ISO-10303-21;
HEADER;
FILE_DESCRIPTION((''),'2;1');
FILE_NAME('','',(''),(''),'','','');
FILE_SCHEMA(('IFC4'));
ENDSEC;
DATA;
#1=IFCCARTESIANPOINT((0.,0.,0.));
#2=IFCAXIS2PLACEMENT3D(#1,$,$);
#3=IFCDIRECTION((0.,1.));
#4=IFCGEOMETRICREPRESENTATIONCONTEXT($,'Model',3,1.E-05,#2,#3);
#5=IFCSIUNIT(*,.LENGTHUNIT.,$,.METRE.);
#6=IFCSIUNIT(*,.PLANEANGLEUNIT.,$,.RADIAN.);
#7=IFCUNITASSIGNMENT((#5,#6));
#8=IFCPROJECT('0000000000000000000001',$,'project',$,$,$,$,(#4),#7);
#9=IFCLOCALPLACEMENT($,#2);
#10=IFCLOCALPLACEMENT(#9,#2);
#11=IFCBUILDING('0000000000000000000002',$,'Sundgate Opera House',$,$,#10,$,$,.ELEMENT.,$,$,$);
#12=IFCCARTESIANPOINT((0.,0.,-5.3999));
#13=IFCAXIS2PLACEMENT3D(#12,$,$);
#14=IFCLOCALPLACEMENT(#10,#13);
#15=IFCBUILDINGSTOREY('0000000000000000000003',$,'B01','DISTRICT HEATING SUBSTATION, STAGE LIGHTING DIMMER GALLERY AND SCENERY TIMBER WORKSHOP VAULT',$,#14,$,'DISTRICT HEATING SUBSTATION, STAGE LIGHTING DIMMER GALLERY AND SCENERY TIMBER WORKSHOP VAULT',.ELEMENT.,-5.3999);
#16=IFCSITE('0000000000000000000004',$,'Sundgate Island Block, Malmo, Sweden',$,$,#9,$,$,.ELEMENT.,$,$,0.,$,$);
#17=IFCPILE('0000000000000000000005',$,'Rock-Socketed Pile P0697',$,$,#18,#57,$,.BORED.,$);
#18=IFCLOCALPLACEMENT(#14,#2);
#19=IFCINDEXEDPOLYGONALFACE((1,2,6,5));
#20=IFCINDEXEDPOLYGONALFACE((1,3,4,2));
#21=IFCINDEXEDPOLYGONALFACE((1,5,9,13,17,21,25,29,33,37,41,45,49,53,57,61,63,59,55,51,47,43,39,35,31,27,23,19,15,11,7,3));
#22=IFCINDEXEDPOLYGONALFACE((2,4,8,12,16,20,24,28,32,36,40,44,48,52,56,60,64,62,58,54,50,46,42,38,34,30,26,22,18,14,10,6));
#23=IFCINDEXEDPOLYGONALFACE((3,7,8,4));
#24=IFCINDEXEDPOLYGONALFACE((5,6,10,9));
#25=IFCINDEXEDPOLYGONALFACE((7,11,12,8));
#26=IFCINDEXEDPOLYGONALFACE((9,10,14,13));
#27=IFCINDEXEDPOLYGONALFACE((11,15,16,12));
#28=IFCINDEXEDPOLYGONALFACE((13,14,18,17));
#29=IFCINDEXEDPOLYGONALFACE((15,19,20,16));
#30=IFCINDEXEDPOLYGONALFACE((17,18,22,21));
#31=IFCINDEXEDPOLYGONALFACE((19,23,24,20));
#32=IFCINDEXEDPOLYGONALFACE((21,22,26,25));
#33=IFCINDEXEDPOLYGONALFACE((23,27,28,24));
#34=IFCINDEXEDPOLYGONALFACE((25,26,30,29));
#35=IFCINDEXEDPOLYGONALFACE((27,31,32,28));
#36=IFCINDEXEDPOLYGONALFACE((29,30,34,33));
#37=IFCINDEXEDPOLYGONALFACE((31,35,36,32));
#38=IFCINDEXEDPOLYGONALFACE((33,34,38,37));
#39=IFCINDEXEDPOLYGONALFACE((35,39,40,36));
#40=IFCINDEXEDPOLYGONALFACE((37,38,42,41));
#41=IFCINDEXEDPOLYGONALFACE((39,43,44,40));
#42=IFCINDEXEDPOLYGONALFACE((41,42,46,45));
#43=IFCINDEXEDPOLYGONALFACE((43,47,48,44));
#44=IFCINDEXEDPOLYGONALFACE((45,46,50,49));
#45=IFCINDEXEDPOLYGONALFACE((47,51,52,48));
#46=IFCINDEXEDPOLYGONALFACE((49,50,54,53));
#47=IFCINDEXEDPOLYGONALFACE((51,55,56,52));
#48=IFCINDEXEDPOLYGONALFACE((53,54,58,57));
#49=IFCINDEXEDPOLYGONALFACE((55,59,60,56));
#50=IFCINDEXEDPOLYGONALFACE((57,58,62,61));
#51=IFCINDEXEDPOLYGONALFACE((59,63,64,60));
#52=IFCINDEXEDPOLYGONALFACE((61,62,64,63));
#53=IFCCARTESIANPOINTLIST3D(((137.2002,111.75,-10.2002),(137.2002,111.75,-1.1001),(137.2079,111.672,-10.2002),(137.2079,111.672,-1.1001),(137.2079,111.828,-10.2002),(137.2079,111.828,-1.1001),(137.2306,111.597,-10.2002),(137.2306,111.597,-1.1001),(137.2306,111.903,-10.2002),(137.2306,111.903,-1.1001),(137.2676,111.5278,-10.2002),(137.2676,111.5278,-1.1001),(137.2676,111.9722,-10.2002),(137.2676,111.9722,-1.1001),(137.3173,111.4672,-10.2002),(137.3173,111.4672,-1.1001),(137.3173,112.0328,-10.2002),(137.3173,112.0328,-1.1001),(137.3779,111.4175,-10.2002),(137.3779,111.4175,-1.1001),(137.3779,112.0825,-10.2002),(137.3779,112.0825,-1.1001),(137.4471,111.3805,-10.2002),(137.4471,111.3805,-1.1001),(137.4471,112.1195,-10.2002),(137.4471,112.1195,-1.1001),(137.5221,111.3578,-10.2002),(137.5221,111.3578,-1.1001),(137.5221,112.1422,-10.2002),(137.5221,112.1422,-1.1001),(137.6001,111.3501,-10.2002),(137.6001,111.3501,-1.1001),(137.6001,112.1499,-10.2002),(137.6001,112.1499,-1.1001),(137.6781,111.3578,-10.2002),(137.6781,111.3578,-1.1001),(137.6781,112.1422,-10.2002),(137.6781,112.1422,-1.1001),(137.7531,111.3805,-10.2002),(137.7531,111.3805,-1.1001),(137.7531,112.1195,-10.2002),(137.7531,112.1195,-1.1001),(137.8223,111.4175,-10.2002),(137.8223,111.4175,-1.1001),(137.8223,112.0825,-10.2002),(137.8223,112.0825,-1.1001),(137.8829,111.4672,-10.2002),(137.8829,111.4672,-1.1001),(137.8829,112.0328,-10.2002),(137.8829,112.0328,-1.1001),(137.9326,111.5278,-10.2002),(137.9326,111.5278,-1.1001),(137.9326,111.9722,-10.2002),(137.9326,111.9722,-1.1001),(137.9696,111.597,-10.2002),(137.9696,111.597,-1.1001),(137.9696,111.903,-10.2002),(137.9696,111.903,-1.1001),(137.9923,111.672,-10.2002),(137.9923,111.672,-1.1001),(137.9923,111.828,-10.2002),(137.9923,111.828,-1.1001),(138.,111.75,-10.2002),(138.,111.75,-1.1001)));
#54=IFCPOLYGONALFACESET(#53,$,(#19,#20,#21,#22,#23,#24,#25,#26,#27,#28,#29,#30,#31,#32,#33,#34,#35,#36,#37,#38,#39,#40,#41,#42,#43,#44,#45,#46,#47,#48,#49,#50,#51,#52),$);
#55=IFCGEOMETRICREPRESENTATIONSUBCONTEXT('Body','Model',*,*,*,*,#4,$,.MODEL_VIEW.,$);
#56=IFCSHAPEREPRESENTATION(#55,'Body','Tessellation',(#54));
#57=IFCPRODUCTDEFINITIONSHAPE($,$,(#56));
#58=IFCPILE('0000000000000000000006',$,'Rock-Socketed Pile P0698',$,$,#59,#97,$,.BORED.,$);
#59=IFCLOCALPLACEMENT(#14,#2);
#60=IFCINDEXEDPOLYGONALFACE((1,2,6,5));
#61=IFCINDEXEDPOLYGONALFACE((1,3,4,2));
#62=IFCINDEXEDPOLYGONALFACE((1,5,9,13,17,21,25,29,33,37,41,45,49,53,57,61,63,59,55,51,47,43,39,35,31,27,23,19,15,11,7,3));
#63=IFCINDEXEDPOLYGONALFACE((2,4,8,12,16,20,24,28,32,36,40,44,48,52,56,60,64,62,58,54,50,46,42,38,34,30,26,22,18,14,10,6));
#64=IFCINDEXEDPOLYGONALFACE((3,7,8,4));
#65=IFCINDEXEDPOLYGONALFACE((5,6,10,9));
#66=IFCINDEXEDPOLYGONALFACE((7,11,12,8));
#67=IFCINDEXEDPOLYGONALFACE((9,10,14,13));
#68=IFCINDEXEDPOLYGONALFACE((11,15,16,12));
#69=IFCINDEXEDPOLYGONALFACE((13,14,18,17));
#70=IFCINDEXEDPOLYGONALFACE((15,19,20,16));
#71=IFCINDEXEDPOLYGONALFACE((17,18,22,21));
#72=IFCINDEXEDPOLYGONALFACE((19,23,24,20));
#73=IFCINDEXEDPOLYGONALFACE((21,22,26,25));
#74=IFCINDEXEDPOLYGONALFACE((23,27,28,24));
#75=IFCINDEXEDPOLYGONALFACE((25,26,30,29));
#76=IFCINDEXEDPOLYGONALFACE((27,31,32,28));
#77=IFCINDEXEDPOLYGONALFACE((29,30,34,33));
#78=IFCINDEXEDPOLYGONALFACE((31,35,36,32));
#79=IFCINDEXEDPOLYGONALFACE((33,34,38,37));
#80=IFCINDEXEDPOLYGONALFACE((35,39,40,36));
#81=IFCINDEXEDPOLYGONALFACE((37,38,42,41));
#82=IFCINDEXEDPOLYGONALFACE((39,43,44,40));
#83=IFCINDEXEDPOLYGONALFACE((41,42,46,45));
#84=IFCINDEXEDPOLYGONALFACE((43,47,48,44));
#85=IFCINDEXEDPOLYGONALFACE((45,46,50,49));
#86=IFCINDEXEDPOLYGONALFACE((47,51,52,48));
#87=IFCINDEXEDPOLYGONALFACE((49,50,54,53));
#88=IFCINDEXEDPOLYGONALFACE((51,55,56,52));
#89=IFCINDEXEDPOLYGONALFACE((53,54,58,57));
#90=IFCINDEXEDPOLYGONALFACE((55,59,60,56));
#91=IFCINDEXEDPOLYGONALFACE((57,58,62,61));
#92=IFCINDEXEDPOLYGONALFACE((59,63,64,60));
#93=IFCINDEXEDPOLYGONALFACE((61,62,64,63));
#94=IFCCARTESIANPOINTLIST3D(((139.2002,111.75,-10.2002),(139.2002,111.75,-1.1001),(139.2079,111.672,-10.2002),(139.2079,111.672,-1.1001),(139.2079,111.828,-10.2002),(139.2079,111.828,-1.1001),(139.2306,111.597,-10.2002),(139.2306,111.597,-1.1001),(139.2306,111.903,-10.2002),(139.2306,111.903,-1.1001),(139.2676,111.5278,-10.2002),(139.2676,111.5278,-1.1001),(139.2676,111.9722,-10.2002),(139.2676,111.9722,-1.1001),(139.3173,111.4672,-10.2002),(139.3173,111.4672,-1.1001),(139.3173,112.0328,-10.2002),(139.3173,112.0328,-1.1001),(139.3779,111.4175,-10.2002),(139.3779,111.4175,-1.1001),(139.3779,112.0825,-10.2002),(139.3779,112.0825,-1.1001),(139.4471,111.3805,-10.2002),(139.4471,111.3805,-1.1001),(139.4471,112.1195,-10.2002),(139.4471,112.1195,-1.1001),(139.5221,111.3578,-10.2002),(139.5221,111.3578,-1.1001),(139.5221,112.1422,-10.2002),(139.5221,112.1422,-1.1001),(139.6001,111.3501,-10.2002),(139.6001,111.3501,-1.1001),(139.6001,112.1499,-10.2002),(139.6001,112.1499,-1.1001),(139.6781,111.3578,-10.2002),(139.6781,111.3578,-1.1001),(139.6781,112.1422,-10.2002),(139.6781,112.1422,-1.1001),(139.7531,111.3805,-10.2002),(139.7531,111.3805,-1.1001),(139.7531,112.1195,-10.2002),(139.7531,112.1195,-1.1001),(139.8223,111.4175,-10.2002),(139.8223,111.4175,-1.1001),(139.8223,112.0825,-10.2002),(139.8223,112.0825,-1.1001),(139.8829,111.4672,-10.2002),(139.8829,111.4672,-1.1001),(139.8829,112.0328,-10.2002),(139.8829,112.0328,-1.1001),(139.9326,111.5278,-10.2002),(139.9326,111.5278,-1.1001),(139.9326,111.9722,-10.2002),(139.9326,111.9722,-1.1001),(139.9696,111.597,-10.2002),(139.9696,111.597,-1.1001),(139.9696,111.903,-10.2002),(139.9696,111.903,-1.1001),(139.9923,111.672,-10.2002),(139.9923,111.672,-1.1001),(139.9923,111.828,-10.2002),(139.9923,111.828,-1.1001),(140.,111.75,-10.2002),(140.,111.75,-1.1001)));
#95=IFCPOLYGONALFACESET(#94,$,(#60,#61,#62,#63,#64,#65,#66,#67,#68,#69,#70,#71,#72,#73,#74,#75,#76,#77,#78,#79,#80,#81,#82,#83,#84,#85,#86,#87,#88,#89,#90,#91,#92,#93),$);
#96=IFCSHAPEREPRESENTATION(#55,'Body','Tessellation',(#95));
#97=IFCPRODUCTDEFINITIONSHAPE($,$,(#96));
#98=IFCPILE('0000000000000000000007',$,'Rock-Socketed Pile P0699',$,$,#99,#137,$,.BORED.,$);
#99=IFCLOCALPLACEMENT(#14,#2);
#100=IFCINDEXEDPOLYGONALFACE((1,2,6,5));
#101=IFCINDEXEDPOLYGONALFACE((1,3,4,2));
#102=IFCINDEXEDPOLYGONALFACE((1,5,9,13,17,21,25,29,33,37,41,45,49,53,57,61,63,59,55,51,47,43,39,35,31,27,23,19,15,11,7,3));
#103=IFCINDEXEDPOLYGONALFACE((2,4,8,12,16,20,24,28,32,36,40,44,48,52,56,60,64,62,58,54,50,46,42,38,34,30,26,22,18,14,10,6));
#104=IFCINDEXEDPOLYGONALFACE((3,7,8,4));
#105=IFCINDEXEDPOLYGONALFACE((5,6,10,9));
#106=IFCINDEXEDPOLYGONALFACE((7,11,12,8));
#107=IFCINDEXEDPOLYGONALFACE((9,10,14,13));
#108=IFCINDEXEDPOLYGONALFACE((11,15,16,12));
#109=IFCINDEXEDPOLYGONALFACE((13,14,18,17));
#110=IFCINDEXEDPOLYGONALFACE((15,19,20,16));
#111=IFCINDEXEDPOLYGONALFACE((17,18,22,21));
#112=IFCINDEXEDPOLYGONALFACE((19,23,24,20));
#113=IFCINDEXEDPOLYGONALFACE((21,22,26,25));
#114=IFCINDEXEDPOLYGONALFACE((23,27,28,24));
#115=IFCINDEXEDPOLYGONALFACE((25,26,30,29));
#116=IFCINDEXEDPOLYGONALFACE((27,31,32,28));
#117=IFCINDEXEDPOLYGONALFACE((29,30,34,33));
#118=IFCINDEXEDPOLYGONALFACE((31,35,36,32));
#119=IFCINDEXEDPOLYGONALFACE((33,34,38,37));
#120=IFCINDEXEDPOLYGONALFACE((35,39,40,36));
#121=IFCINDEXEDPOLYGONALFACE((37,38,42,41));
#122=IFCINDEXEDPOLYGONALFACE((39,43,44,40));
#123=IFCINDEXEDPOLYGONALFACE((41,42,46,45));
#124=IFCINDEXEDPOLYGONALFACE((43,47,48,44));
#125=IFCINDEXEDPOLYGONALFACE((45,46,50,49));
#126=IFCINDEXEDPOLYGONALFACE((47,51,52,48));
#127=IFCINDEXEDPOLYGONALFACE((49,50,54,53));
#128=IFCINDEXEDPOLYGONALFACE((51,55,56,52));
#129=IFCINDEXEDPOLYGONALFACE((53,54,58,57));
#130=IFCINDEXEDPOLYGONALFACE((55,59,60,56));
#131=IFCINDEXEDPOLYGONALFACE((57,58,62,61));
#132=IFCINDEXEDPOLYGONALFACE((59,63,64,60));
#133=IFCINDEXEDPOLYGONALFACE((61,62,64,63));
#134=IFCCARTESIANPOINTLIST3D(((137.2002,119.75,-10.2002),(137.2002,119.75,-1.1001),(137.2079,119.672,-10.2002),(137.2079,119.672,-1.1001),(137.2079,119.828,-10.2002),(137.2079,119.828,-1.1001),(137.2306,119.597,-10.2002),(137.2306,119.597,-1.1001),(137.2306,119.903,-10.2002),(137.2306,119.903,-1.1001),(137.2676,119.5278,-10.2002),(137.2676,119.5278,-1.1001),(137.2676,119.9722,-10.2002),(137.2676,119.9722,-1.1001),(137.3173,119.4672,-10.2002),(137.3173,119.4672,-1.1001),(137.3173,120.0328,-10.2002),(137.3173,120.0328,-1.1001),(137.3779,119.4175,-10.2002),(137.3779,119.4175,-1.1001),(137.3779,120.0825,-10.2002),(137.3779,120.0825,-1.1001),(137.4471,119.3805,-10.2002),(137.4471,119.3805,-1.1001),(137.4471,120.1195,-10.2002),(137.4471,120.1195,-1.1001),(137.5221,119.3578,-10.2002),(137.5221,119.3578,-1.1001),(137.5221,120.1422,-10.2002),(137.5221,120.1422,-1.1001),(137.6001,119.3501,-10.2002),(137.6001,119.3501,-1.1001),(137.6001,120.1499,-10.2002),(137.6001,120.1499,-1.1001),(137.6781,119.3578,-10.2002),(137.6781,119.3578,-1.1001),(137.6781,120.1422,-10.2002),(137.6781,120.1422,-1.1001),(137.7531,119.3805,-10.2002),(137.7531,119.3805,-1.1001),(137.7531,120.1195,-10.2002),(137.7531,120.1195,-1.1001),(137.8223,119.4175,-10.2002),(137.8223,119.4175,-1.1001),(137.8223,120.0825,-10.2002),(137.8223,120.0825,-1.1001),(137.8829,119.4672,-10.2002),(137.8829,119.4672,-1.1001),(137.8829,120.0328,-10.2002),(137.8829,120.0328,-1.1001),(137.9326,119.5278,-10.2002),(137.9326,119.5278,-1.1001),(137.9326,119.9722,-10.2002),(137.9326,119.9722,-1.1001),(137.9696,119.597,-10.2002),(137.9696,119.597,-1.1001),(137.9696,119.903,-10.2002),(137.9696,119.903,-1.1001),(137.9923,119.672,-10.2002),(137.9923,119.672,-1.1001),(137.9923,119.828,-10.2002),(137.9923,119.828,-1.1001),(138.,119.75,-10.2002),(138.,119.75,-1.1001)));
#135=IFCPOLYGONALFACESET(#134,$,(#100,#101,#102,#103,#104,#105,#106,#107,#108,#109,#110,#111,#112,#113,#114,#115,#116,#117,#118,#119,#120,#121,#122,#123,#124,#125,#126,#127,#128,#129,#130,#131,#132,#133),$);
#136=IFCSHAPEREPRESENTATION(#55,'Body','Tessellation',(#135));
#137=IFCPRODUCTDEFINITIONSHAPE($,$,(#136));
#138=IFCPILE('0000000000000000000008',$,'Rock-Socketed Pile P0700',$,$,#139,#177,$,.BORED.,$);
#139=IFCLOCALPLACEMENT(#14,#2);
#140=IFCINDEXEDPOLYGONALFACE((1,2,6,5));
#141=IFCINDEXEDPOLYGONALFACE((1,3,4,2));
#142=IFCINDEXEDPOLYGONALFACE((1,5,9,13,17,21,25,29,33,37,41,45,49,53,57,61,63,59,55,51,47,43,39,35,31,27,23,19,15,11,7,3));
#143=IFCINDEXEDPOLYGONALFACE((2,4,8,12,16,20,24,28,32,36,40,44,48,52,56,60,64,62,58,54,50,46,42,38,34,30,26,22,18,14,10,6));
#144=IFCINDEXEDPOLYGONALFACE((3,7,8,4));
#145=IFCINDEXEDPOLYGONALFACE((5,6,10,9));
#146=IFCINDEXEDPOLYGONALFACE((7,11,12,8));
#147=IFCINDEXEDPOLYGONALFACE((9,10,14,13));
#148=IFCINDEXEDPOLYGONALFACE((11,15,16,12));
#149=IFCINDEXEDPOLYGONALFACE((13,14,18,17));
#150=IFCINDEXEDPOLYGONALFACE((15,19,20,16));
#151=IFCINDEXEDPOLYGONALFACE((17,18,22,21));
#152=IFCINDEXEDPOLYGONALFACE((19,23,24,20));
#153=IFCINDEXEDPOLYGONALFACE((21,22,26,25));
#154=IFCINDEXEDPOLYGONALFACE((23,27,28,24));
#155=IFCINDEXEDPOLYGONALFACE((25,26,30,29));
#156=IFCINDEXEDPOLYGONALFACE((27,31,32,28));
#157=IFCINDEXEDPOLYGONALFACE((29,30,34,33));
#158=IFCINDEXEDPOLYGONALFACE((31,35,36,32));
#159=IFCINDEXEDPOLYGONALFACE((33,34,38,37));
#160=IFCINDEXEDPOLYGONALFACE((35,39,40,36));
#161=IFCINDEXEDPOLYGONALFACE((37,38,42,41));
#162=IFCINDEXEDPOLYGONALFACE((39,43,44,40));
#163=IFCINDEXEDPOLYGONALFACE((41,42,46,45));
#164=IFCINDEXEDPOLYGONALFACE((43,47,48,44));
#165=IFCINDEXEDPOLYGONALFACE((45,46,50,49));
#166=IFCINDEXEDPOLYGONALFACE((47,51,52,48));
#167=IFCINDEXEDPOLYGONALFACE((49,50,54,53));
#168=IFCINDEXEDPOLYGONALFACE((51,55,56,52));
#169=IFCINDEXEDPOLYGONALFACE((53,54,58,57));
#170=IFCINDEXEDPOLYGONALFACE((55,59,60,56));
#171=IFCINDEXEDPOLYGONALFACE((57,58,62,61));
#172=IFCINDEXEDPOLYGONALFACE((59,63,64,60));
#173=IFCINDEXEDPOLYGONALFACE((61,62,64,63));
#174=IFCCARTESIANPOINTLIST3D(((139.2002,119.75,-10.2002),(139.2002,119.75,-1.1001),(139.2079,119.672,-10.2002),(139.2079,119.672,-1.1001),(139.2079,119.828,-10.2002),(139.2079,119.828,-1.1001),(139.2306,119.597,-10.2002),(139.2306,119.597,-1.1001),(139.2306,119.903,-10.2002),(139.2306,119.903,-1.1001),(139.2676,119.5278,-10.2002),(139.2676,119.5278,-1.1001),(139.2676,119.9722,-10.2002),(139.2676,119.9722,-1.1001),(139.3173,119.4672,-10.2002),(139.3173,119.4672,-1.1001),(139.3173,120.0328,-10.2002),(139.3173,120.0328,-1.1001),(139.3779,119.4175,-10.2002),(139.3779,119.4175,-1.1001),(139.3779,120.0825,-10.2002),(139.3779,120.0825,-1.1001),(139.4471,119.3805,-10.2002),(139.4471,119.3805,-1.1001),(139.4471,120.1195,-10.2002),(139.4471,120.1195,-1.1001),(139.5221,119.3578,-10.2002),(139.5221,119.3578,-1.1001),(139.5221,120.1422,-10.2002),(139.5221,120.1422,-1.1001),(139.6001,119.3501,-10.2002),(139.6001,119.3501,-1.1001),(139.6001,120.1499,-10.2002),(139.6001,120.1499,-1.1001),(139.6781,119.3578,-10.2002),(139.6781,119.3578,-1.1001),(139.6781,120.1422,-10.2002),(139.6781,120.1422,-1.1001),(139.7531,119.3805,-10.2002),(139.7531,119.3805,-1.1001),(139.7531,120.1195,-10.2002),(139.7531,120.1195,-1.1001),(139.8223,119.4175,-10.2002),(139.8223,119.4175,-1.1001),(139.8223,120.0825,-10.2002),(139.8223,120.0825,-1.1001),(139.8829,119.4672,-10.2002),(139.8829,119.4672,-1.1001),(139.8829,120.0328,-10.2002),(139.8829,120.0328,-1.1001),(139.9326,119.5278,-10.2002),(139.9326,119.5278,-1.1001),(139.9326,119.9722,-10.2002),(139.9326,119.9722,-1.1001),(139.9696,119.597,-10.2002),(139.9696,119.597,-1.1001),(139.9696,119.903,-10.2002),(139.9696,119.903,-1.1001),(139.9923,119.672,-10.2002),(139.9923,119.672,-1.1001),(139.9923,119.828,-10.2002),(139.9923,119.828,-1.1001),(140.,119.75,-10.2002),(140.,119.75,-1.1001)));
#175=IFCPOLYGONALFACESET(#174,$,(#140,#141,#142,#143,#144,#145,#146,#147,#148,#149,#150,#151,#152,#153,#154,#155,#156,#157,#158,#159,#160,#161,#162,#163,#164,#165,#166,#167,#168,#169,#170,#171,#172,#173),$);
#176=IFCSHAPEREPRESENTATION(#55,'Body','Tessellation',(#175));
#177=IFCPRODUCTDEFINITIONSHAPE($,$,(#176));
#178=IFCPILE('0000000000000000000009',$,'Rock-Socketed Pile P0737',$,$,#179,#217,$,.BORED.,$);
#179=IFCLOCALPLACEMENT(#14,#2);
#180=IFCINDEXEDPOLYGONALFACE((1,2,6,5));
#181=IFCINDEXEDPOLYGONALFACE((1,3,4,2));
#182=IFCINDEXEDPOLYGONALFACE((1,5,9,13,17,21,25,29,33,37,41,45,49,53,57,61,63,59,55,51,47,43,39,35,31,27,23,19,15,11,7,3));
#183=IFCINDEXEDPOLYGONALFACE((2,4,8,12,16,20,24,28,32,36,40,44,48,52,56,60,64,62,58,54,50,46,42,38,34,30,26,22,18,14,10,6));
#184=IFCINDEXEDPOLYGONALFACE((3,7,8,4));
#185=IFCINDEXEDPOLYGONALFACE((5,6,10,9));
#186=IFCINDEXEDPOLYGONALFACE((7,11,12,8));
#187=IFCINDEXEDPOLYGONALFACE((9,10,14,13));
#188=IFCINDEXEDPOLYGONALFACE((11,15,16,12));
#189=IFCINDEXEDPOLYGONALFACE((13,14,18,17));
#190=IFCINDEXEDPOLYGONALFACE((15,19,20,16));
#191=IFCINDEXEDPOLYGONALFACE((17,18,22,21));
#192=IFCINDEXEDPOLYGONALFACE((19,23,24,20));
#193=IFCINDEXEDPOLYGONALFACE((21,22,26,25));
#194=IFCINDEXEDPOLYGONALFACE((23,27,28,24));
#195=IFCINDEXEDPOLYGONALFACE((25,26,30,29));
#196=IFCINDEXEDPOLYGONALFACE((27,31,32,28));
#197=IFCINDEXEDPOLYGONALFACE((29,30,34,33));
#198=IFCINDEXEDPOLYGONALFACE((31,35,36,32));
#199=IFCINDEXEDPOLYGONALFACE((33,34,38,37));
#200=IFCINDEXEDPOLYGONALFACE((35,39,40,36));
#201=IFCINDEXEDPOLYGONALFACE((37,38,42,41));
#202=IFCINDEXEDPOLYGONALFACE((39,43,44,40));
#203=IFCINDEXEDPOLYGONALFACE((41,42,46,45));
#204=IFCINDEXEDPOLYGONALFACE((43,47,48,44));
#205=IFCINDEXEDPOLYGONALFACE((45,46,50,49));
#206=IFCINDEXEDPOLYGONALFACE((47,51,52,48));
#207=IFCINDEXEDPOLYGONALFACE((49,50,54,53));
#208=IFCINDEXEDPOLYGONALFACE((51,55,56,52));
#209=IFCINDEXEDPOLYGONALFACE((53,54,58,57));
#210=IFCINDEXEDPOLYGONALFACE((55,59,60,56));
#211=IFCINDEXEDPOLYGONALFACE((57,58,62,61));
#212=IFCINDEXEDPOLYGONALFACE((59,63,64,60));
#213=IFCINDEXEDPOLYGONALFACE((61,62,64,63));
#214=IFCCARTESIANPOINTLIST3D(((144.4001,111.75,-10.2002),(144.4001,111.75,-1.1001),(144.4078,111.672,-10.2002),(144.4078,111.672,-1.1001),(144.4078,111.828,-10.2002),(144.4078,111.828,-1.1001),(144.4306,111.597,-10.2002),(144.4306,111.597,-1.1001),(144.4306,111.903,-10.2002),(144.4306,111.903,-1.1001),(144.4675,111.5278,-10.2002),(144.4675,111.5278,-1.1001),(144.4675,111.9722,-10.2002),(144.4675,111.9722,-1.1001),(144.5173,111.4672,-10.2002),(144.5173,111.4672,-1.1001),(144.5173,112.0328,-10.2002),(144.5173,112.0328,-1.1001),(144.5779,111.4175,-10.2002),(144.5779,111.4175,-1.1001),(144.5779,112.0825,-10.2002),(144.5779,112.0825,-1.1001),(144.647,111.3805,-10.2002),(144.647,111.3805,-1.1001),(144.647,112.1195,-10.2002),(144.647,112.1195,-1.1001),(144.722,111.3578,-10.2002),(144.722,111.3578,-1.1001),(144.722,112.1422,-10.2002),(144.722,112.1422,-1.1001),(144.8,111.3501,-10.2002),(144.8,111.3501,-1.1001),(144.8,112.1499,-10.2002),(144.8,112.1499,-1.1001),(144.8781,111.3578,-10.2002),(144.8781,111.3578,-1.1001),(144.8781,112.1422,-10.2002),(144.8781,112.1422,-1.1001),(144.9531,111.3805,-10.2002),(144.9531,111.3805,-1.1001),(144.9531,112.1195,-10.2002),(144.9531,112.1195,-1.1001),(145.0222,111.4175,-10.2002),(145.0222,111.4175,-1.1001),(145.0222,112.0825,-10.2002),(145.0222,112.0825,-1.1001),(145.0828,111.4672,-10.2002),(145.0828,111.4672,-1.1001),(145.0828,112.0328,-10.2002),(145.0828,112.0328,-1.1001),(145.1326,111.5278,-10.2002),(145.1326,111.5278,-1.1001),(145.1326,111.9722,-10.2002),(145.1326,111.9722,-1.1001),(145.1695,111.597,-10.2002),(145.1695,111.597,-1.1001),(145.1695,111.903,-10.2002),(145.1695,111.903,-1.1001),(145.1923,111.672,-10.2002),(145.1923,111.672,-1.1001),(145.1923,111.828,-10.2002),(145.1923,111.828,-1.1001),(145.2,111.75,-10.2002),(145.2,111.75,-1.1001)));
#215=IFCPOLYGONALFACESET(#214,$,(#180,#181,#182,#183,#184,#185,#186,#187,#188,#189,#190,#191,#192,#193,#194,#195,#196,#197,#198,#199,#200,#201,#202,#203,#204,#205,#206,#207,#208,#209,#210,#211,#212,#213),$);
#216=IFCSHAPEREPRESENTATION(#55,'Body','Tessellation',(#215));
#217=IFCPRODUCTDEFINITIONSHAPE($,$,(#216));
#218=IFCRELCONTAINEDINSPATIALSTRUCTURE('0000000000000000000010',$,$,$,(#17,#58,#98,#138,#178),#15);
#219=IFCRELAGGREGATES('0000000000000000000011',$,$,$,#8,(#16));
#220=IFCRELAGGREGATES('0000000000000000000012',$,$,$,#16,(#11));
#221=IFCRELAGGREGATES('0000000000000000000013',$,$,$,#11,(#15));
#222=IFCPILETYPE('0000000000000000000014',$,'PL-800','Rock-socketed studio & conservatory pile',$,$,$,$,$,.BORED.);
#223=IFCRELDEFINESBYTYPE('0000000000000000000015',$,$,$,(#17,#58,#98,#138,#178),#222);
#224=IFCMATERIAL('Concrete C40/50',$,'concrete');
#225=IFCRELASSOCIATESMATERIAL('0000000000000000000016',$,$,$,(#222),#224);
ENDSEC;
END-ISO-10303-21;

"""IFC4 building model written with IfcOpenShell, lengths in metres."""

from ifc_helpers import new_model, si_unit, direction, frame, origin, origin_2d, place, context, subcontext, project, spatial, circle, extrude, material, material_profile, profile_set, type_object, element, save


model = new_model("IFC4")

# Units and contexts
model_context = context("Model", 3, precision=1e-05, world=origin(), true_north=direction((0.0, 1.0)))
body_context = subcontext(model_context, "Body", "Model", "MODEL_VIEW")
ifc_project = project(units=[si_unit("LENGTHUNIT", "METRE"), si_unit("PLANEANGLEUNIT", "RADIAN")], contexts=[model_context])

# Site, building, storey
site_placement = place(None, origin())
site = spatial("IfcSite", under=ifc_project, at=site_placement, Name="Sundgate Island Block, Malmo, Sweden", CompositionType="ELEMENT", RefElevation=0.0)
building_placement = place(site_placement, origin())
building = spatial("IfcBuilding", under=site, at=building_placement, Name="Sundgate Opera House", CompositionType="ELEMENT")
storey_placement = place(building_placement, frame((0.0, 0.0, -5.3999)))
storey = spatial("IfcBuildingStorey", under=building, at=storey_placement, Name="B01", Description="DISTRICT HEATING SUBSTATION, STAGE LIGHTING DIMMER GALLERY AND SCENERY TIMBER WORKSHOP VAULT", LongName="DISTRICT HEATING SUBSTATION, STAGE LIGHTING DIMMER GALLERY AND SCENERY TIMBER WORKSHOP VAULT", CompositionType="ELEMENT", Elevation=-5.3999)

# Piles
ifc_material_1 = material(Name="Concrete C40/50", Category="concrete")
ifc_material_profile_1 = material_profile(ifc_material_1, circle(Radius=0.3999, at=origin_2d()), Name="PILE D800")
ifc_profile_set_1 = profile_set([ifc_material_profile_1], Name="Concrete C40/50")
pile_type = type_object("IfcPileType", Name="PL-800", Description="Rock-socketed studio & conservatory pile", PredefinedType="BORED", material=ifc_profile_set_1)
for number, where, z_axis, x_axis, name in (
    (1, (137.6001, 111.75, -1.1001), (0.0, 0.0, -1.0), (1.0, 0.0, 0.0), "Rock-Socketed Pile P0697"),
    (2, (139.6001, 111.75, -1.1001), (0.0, 0.0, -1.0), (1.0, 0.0, 0.0), "Rock-Socketed Pile P0698"),
    (3, (137.6001, 119.75, -1.1001), (0.0, 0.0, -1.0), (1.0, 0.0, 0.0), "Rock-Socketed Pile P0699"),
    (4, (139.6001, 119.75, -1.1001), (0.0, 0.0, -1.0), (1.0, 0.0, 0.0), "Rock-Socketed Pile P0700"),
    (5, (144.8, 111.75, -1.1001), (0.0, 0.0, -1.0), (1.0, 0.0, 0.0), "Rock-Socketed Pile P0737"),
):
    element("IfcPile", number, at=place(storey_placement, frame(where, z_axis=z_axis, x_axis=x_axis)), inside=storey, type_object=pile_type, Name=name, PredefinedType="BORED", context=body_context, shape_type="SweptSolid", body=[
        extrude(circle(Radius=0.3999, at=origin_2d()), origin(), (0.0, 0.0, 1.0), 9.1001),
    ])

save(model, "model.ifc")
